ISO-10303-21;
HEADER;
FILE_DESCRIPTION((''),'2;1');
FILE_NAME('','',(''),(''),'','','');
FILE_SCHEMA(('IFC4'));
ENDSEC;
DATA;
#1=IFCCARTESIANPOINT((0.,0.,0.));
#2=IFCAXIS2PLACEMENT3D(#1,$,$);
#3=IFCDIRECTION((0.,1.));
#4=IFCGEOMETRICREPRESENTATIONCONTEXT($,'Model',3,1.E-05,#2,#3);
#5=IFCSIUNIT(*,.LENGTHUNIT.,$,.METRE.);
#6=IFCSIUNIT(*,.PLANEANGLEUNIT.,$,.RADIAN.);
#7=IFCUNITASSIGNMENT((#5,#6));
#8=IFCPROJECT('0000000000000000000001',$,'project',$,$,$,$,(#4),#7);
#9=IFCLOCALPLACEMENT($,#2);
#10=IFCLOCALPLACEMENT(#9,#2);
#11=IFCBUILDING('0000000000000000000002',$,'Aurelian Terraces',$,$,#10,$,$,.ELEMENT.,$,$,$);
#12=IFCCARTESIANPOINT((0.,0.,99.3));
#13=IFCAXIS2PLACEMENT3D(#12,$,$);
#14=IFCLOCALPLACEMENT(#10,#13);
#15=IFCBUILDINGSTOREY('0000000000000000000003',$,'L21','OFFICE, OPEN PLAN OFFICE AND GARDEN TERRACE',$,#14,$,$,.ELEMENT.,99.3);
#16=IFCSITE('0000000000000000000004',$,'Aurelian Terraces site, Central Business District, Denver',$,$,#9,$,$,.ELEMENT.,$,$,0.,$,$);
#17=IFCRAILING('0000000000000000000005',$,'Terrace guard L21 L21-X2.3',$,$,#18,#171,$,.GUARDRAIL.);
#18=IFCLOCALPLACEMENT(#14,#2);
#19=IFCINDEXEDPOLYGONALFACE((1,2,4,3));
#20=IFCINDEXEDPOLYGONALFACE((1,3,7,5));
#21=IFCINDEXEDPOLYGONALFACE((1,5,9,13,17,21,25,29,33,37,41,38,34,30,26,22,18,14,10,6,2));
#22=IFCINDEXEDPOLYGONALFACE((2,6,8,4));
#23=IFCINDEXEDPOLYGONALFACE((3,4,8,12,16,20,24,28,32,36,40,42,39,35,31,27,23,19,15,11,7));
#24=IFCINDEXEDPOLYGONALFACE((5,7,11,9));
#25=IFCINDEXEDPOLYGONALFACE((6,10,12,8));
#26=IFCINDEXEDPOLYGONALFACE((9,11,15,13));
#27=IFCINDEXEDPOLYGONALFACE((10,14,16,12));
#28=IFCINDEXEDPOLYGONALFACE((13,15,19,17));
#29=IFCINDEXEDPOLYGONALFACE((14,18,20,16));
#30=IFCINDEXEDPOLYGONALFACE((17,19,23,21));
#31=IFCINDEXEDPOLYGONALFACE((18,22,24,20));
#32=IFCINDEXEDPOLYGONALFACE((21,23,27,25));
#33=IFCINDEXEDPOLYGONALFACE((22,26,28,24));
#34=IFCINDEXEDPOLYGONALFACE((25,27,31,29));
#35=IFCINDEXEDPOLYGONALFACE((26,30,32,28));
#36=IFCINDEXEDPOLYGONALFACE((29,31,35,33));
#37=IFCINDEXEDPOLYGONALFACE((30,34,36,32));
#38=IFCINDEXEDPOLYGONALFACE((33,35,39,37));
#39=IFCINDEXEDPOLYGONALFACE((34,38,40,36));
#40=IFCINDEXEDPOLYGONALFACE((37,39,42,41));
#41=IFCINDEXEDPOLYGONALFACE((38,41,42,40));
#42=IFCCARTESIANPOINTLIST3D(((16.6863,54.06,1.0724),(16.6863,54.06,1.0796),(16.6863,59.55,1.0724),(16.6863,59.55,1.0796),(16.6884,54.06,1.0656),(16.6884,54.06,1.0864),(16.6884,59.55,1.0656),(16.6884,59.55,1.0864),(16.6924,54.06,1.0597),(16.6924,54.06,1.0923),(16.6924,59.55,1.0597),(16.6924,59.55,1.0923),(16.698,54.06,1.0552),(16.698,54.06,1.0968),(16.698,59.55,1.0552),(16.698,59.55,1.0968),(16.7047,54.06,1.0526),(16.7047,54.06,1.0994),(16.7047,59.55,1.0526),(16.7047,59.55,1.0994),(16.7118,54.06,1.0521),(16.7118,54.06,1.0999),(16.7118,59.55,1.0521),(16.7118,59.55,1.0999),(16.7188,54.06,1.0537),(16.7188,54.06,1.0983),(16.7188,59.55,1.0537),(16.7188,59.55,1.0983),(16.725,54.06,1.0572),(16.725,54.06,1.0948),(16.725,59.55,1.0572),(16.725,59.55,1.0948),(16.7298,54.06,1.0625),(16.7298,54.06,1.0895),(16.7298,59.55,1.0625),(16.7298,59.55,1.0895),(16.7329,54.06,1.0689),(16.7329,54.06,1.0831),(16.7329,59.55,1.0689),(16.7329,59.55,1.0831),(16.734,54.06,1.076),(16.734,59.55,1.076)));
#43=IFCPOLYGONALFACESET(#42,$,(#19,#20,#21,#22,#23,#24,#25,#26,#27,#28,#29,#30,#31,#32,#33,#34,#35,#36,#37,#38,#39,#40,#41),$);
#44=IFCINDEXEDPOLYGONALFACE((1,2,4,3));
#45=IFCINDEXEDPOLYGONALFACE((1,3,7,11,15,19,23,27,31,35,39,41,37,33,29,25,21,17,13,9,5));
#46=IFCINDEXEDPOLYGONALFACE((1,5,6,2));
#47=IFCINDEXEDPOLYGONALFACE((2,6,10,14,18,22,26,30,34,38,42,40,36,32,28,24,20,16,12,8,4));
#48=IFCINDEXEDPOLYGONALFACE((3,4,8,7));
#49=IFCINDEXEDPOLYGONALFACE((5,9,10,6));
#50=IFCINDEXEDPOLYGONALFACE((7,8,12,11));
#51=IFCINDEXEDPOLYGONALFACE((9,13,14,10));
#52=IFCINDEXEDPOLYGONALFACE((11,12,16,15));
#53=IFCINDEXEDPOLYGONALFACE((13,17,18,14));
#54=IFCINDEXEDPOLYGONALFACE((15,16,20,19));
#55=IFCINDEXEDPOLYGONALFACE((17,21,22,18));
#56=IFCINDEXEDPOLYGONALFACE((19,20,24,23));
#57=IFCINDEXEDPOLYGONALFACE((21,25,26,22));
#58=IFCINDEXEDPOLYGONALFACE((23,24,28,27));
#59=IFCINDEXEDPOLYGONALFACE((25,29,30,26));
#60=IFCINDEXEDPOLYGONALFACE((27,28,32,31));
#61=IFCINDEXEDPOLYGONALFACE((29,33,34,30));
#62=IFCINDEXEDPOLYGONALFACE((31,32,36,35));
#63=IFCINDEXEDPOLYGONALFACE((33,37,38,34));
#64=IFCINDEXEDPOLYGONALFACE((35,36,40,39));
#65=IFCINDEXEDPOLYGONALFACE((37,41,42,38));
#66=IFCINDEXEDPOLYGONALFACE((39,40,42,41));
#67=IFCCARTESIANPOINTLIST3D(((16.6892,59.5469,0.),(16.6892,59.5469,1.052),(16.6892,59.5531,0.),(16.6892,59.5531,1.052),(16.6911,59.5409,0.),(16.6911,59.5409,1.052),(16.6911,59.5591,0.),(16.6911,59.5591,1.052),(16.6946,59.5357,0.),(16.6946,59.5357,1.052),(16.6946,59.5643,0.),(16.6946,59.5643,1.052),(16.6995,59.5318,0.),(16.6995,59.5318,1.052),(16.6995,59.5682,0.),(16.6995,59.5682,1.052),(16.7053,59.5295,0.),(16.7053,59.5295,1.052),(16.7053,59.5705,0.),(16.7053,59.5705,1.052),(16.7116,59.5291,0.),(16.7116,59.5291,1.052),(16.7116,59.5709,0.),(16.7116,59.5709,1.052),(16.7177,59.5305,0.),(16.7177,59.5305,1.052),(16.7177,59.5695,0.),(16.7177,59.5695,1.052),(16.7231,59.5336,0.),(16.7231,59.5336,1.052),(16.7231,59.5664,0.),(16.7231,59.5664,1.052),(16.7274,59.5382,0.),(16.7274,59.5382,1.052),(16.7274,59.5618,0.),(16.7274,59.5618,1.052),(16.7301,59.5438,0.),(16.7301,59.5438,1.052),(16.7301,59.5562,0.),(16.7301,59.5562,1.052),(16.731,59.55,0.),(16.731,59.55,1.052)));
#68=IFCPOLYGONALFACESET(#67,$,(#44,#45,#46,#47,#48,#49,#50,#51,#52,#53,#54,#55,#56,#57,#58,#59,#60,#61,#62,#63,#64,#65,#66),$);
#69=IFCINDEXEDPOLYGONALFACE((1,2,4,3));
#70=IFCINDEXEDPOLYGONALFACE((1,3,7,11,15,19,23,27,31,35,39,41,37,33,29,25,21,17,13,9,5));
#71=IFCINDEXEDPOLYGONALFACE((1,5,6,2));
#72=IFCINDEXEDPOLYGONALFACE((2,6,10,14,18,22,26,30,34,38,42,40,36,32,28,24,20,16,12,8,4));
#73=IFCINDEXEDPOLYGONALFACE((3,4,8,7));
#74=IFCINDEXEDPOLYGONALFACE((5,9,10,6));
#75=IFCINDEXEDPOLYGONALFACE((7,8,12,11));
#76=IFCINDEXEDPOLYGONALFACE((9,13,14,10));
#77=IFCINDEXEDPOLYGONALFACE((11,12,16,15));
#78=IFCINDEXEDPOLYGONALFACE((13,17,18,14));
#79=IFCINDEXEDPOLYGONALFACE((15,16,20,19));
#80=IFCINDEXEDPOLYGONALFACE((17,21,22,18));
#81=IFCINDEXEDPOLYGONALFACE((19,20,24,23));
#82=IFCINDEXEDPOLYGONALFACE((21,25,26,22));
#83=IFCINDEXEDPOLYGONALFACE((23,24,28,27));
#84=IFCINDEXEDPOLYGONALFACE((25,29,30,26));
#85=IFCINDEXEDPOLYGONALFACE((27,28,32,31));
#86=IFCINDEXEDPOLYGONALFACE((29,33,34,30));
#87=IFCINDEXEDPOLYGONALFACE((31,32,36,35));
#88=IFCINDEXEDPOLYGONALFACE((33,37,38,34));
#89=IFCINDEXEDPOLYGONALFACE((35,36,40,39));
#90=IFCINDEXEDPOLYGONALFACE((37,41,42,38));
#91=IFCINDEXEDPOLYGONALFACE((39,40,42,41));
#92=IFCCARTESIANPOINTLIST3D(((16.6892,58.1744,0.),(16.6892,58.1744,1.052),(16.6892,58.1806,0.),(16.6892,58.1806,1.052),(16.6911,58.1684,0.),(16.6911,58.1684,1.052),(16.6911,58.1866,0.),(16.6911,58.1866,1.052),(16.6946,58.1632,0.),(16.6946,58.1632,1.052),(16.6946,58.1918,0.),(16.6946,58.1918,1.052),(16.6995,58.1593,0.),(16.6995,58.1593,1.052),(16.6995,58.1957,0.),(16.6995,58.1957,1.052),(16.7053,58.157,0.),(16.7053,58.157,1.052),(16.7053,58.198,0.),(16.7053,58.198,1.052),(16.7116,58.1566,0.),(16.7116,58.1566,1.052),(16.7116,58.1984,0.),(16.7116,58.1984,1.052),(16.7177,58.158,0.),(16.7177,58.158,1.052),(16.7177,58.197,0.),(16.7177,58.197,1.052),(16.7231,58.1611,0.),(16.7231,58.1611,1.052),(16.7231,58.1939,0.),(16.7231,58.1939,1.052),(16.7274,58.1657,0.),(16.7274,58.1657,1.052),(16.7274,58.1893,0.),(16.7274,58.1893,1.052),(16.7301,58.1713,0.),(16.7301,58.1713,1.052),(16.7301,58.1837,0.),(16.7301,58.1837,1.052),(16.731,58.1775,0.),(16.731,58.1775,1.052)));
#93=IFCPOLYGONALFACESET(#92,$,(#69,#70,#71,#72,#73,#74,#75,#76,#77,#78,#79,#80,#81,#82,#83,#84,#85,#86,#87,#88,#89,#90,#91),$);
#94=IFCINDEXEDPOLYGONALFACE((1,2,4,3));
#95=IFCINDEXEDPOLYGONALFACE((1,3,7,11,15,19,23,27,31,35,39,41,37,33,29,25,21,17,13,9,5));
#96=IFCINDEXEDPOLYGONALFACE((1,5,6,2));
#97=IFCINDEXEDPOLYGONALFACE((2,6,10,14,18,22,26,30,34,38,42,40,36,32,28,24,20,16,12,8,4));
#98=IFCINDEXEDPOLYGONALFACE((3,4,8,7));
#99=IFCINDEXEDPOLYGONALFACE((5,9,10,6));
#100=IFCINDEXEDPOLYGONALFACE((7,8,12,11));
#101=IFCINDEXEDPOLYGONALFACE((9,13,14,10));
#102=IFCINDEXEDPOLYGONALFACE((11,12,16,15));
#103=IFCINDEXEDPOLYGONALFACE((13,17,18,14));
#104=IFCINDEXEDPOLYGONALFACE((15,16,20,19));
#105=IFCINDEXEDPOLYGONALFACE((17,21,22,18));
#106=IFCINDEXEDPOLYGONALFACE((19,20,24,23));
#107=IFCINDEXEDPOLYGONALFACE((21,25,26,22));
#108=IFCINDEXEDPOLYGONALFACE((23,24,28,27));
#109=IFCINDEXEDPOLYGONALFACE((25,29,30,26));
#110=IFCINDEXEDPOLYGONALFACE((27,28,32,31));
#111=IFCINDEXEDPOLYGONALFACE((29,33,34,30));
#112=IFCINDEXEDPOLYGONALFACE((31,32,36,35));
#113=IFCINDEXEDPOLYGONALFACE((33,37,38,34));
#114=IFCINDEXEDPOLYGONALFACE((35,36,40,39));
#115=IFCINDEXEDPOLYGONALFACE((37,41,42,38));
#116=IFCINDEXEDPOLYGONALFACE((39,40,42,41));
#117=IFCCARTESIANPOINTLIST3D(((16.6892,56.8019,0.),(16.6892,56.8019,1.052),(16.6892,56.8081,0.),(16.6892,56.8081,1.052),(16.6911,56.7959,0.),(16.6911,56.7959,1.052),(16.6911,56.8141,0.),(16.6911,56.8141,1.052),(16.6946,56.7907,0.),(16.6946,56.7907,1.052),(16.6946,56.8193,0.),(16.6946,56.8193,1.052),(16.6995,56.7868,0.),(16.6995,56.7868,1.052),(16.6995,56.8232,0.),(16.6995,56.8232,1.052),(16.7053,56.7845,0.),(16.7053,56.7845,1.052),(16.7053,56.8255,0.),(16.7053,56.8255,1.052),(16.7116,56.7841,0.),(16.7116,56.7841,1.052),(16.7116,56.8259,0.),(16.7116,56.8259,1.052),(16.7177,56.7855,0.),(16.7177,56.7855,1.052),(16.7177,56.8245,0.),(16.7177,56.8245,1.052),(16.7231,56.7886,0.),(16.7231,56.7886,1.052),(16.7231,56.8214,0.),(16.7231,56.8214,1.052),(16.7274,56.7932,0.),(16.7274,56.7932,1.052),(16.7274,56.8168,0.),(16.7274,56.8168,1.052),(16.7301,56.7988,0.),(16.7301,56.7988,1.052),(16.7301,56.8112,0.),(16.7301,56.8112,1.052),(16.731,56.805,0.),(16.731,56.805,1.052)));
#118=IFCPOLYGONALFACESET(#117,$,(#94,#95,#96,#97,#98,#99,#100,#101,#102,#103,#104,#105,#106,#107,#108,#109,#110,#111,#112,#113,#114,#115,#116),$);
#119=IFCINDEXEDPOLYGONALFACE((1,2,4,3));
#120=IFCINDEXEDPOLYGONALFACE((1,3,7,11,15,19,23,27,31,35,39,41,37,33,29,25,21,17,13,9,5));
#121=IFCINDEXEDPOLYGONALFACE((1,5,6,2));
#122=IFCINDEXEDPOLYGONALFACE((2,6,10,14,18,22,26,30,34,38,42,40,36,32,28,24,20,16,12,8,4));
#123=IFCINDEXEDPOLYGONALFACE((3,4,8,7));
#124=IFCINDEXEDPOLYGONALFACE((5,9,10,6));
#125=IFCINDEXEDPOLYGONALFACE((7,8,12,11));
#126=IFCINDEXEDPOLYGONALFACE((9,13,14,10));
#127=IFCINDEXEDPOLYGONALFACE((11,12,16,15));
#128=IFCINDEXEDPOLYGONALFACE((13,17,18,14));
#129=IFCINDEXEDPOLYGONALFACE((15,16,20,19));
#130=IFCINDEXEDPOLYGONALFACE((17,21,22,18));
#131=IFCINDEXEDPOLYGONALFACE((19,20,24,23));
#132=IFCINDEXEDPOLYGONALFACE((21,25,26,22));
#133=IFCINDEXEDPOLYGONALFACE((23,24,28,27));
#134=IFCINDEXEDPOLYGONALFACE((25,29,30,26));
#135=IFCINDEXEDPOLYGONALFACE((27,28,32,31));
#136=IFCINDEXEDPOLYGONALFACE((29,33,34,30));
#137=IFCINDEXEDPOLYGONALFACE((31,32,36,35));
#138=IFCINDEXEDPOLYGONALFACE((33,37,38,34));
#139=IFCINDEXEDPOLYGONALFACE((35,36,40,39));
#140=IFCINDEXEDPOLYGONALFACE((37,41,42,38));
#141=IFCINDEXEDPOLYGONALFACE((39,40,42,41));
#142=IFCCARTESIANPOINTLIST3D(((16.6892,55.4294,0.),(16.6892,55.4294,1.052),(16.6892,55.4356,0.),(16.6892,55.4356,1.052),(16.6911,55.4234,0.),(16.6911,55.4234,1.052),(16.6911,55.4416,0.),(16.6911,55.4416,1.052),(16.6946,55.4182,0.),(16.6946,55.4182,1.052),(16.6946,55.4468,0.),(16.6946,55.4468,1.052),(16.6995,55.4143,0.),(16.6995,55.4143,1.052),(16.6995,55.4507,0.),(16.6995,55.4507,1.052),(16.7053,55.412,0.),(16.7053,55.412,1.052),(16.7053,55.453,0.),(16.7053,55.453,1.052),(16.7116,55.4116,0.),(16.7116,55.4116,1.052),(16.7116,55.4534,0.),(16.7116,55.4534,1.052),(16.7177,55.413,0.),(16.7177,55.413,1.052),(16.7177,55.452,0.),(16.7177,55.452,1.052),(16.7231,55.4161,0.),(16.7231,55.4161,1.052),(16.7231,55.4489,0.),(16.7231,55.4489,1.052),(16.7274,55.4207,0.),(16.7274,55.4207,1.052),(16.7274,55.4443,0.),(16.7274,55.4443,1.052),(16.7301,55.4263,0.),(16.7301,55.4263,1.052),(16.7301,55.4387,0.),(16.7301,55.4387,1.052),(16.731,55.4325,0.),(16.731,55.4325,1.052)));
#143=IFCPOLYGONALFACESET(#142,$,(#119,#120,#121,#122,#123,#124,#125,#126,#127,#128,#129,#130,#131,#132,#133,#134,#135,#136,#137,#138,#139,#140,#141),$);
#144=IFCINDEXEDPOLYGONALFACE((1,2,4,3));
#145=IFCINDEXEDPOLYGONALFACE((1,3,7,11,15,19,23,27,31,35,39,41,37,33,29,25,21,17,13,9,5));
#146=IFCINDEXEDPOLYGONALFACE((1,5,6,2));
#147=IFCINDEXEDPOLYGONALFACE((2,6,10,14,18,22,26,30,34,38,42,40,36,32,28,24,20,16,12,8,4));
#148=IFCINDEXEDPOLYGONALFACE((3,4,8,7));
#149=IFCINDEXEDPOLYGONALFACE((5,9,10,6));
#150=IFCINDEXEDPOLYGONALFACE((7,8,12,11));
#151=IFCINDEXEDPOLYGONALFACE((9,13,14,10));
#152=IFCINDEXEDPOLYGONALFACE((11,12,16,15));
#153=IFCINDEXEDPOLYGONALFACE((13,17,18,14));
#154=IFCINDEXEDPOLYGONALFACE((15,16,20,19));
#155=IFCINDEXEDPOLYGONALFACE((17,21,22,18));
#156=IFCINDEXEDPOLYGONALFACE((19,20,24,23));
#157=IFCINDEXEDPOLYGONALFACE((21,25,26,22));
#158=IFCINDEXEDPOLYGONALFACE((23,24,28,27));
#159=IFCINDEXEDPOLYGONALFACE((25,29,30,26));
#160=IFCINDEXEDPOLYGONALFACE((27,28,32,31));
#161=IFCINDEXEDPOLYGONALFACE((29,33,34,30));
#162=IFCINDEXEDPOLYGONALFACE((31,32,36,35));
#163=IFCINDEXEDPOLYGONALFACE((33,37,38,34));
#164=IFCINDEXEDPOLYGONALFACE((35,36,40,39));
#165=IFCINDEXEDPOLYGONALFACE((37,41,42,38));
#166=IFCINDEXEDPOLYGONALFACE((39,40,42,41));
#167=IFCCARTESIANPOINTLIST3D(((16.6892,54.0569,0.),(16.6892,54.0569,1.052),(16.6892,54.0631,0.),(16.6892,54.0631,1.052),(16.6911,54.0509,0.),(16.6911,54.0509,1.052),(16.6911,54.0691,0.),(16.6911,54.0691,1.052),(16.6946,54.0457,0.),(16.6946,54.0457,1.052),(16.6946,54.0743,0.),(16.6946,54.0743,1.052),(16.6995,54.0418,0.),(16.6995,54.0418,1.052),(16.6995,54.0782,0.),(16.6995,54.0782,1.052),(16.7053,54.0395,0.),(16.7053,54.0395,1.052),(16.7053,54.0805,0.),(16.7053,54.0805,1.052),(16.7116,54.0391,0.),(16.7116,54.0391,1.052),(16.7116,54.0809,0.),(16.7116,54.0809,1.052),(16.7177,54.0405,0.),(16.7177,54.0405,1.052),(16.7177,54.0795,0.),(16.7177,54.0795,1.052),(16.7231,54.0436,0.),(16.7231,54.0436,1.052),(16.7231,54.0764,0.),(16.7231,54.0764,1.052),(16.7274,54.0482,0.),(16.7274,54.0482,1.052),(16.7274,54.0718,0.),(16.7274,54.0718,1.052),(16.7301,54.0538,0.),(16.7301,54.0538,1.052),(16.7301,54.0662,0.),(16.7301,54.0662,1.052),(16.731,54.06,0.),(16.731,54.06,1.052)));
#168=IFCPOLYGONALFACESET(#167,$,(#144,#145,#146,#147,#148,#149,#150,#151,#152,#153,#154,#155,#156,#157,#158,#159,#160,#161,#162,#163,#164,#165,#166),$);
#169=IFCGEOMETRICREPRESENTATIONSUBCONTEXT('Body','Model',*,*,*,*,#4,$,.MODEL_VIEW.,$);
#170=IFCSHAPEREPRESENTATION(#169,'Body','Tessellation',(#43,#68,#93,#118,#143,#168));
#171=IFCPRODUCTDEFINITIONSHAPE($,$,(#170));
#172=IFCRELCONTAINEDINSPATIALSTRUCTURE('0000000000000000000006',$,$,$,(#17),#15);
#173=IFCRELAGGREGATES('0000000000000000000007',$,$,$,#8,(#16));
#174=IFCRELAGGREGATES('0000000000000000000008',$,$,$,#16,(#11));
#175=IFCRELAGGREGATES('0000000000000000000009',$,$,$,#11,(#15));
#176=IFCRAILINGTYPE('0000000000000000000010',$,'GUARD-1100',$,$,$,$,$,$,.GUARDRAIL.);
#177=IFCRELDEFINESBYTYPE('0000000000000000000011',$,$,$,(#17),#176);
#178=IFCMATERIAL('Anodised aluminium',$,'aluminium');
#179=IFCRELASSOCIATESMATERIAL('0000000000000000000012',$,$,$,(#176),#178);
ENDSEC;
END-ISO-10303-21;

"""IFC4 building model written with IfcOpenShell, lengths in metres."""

from ifc_helpers import new_model, si_unit, direction, frame, origin, origin_2d, place, context, subcontext, project, spatial, circle, extrude, material, type_object, element, save


model = new_model("IFC4")

# Units and contexts
model_context = context("Model", 3, precision=1e-05, world=origin(), true_north=direction((0.0, 1.0)))
body_context = subcontext(model_context, "Body", "Model", "MODEL_VIEW")
ifc_project = project(units=[si_unit("LENGTHUNIT", "METRE"), si_unit("PLANEANGLEUNIT", "RADIAN")], contexts=[model_context])

# Site, building, storey
site_placement = place(None, origin())
site = spatial("IfcSite", under=ifc_project, at=site_placement, Name="Aurelian Terraces site, Central Business District, Denver", CompositionType="ELEMENT", RefElevation=0.0)
building_placement = place(site_placement, origin())
building = spatial("IfcBuilding", under=site, at=building_placement, Name="Aurelian Terraces", CompositionType="ELEMENT")
storey_placement = place(building_placement, frame((0.0, 0.0, 99.3)))
storey = spatial("IfcBuildingStorey", under=building, at=storey_placement, Name="L21", Description="OFFICE, OPEN PLAN OFFICE AND GARDEN TERRACE", CompositionType="ELEMENT", Elevation=99.3)

# Railing
ifc_material_1 = material(Name="Anodised aluminium", Category="aluminium")
railing_type = type_object("IfcRailingType", Name="GUARD-1100", PredefinedType="GUARDRAIL", material=ifc_material_1)
railing_1_placement = place(storey_placement, frame((16.71, 59.55, 0.0)))
element("IfcRailing", 1, at=railing_1_placement, inside=storey, type_object=railing_type, Name="Terrace guard L21 L21-X2.3", PredefinedType="GUARDRAIL", context=body_context, shape_type="SweptSolid", body=[
    extrude(circle(Radius=0.024, at=origin_2d()), frame((0.0, 0.0, 1.076), z_axis=(0.0, -1.0, 0.0), x_axis=(1.0, 0.0, 0.0)), (0.0, 0.0, 1.0), 5.49),
    extrude(circle(Radius=0.021, at=origin_2d()), origin(), (0.0, 0.0, 1.0), 1.052),
    extrude(circle(Radius=0.021, at=origin_2d()), frame((0.0, -1.3725, 0.0)), (0.0, 0.0, 1.0), 1.052),
    extrude(circle(Radius=0.021, at=origin_2d()), frame((0.0, -2.745, 0.0)), (0.0, 0.0, 1.0), 1.052),
    extrude(circle(Radius=0.021, at=origin_2d()), frame((0.0, -4.1175, 0.0)), (0.0, 0.0, 1.0), 1.052),
    extrude(circle(Radius=0.021, at=origin_2d()), frame((0.0, -5.49, 0.0)), (0.0, 0.0, 1.0), 1.052),
])

save(model, "model.ifc")
